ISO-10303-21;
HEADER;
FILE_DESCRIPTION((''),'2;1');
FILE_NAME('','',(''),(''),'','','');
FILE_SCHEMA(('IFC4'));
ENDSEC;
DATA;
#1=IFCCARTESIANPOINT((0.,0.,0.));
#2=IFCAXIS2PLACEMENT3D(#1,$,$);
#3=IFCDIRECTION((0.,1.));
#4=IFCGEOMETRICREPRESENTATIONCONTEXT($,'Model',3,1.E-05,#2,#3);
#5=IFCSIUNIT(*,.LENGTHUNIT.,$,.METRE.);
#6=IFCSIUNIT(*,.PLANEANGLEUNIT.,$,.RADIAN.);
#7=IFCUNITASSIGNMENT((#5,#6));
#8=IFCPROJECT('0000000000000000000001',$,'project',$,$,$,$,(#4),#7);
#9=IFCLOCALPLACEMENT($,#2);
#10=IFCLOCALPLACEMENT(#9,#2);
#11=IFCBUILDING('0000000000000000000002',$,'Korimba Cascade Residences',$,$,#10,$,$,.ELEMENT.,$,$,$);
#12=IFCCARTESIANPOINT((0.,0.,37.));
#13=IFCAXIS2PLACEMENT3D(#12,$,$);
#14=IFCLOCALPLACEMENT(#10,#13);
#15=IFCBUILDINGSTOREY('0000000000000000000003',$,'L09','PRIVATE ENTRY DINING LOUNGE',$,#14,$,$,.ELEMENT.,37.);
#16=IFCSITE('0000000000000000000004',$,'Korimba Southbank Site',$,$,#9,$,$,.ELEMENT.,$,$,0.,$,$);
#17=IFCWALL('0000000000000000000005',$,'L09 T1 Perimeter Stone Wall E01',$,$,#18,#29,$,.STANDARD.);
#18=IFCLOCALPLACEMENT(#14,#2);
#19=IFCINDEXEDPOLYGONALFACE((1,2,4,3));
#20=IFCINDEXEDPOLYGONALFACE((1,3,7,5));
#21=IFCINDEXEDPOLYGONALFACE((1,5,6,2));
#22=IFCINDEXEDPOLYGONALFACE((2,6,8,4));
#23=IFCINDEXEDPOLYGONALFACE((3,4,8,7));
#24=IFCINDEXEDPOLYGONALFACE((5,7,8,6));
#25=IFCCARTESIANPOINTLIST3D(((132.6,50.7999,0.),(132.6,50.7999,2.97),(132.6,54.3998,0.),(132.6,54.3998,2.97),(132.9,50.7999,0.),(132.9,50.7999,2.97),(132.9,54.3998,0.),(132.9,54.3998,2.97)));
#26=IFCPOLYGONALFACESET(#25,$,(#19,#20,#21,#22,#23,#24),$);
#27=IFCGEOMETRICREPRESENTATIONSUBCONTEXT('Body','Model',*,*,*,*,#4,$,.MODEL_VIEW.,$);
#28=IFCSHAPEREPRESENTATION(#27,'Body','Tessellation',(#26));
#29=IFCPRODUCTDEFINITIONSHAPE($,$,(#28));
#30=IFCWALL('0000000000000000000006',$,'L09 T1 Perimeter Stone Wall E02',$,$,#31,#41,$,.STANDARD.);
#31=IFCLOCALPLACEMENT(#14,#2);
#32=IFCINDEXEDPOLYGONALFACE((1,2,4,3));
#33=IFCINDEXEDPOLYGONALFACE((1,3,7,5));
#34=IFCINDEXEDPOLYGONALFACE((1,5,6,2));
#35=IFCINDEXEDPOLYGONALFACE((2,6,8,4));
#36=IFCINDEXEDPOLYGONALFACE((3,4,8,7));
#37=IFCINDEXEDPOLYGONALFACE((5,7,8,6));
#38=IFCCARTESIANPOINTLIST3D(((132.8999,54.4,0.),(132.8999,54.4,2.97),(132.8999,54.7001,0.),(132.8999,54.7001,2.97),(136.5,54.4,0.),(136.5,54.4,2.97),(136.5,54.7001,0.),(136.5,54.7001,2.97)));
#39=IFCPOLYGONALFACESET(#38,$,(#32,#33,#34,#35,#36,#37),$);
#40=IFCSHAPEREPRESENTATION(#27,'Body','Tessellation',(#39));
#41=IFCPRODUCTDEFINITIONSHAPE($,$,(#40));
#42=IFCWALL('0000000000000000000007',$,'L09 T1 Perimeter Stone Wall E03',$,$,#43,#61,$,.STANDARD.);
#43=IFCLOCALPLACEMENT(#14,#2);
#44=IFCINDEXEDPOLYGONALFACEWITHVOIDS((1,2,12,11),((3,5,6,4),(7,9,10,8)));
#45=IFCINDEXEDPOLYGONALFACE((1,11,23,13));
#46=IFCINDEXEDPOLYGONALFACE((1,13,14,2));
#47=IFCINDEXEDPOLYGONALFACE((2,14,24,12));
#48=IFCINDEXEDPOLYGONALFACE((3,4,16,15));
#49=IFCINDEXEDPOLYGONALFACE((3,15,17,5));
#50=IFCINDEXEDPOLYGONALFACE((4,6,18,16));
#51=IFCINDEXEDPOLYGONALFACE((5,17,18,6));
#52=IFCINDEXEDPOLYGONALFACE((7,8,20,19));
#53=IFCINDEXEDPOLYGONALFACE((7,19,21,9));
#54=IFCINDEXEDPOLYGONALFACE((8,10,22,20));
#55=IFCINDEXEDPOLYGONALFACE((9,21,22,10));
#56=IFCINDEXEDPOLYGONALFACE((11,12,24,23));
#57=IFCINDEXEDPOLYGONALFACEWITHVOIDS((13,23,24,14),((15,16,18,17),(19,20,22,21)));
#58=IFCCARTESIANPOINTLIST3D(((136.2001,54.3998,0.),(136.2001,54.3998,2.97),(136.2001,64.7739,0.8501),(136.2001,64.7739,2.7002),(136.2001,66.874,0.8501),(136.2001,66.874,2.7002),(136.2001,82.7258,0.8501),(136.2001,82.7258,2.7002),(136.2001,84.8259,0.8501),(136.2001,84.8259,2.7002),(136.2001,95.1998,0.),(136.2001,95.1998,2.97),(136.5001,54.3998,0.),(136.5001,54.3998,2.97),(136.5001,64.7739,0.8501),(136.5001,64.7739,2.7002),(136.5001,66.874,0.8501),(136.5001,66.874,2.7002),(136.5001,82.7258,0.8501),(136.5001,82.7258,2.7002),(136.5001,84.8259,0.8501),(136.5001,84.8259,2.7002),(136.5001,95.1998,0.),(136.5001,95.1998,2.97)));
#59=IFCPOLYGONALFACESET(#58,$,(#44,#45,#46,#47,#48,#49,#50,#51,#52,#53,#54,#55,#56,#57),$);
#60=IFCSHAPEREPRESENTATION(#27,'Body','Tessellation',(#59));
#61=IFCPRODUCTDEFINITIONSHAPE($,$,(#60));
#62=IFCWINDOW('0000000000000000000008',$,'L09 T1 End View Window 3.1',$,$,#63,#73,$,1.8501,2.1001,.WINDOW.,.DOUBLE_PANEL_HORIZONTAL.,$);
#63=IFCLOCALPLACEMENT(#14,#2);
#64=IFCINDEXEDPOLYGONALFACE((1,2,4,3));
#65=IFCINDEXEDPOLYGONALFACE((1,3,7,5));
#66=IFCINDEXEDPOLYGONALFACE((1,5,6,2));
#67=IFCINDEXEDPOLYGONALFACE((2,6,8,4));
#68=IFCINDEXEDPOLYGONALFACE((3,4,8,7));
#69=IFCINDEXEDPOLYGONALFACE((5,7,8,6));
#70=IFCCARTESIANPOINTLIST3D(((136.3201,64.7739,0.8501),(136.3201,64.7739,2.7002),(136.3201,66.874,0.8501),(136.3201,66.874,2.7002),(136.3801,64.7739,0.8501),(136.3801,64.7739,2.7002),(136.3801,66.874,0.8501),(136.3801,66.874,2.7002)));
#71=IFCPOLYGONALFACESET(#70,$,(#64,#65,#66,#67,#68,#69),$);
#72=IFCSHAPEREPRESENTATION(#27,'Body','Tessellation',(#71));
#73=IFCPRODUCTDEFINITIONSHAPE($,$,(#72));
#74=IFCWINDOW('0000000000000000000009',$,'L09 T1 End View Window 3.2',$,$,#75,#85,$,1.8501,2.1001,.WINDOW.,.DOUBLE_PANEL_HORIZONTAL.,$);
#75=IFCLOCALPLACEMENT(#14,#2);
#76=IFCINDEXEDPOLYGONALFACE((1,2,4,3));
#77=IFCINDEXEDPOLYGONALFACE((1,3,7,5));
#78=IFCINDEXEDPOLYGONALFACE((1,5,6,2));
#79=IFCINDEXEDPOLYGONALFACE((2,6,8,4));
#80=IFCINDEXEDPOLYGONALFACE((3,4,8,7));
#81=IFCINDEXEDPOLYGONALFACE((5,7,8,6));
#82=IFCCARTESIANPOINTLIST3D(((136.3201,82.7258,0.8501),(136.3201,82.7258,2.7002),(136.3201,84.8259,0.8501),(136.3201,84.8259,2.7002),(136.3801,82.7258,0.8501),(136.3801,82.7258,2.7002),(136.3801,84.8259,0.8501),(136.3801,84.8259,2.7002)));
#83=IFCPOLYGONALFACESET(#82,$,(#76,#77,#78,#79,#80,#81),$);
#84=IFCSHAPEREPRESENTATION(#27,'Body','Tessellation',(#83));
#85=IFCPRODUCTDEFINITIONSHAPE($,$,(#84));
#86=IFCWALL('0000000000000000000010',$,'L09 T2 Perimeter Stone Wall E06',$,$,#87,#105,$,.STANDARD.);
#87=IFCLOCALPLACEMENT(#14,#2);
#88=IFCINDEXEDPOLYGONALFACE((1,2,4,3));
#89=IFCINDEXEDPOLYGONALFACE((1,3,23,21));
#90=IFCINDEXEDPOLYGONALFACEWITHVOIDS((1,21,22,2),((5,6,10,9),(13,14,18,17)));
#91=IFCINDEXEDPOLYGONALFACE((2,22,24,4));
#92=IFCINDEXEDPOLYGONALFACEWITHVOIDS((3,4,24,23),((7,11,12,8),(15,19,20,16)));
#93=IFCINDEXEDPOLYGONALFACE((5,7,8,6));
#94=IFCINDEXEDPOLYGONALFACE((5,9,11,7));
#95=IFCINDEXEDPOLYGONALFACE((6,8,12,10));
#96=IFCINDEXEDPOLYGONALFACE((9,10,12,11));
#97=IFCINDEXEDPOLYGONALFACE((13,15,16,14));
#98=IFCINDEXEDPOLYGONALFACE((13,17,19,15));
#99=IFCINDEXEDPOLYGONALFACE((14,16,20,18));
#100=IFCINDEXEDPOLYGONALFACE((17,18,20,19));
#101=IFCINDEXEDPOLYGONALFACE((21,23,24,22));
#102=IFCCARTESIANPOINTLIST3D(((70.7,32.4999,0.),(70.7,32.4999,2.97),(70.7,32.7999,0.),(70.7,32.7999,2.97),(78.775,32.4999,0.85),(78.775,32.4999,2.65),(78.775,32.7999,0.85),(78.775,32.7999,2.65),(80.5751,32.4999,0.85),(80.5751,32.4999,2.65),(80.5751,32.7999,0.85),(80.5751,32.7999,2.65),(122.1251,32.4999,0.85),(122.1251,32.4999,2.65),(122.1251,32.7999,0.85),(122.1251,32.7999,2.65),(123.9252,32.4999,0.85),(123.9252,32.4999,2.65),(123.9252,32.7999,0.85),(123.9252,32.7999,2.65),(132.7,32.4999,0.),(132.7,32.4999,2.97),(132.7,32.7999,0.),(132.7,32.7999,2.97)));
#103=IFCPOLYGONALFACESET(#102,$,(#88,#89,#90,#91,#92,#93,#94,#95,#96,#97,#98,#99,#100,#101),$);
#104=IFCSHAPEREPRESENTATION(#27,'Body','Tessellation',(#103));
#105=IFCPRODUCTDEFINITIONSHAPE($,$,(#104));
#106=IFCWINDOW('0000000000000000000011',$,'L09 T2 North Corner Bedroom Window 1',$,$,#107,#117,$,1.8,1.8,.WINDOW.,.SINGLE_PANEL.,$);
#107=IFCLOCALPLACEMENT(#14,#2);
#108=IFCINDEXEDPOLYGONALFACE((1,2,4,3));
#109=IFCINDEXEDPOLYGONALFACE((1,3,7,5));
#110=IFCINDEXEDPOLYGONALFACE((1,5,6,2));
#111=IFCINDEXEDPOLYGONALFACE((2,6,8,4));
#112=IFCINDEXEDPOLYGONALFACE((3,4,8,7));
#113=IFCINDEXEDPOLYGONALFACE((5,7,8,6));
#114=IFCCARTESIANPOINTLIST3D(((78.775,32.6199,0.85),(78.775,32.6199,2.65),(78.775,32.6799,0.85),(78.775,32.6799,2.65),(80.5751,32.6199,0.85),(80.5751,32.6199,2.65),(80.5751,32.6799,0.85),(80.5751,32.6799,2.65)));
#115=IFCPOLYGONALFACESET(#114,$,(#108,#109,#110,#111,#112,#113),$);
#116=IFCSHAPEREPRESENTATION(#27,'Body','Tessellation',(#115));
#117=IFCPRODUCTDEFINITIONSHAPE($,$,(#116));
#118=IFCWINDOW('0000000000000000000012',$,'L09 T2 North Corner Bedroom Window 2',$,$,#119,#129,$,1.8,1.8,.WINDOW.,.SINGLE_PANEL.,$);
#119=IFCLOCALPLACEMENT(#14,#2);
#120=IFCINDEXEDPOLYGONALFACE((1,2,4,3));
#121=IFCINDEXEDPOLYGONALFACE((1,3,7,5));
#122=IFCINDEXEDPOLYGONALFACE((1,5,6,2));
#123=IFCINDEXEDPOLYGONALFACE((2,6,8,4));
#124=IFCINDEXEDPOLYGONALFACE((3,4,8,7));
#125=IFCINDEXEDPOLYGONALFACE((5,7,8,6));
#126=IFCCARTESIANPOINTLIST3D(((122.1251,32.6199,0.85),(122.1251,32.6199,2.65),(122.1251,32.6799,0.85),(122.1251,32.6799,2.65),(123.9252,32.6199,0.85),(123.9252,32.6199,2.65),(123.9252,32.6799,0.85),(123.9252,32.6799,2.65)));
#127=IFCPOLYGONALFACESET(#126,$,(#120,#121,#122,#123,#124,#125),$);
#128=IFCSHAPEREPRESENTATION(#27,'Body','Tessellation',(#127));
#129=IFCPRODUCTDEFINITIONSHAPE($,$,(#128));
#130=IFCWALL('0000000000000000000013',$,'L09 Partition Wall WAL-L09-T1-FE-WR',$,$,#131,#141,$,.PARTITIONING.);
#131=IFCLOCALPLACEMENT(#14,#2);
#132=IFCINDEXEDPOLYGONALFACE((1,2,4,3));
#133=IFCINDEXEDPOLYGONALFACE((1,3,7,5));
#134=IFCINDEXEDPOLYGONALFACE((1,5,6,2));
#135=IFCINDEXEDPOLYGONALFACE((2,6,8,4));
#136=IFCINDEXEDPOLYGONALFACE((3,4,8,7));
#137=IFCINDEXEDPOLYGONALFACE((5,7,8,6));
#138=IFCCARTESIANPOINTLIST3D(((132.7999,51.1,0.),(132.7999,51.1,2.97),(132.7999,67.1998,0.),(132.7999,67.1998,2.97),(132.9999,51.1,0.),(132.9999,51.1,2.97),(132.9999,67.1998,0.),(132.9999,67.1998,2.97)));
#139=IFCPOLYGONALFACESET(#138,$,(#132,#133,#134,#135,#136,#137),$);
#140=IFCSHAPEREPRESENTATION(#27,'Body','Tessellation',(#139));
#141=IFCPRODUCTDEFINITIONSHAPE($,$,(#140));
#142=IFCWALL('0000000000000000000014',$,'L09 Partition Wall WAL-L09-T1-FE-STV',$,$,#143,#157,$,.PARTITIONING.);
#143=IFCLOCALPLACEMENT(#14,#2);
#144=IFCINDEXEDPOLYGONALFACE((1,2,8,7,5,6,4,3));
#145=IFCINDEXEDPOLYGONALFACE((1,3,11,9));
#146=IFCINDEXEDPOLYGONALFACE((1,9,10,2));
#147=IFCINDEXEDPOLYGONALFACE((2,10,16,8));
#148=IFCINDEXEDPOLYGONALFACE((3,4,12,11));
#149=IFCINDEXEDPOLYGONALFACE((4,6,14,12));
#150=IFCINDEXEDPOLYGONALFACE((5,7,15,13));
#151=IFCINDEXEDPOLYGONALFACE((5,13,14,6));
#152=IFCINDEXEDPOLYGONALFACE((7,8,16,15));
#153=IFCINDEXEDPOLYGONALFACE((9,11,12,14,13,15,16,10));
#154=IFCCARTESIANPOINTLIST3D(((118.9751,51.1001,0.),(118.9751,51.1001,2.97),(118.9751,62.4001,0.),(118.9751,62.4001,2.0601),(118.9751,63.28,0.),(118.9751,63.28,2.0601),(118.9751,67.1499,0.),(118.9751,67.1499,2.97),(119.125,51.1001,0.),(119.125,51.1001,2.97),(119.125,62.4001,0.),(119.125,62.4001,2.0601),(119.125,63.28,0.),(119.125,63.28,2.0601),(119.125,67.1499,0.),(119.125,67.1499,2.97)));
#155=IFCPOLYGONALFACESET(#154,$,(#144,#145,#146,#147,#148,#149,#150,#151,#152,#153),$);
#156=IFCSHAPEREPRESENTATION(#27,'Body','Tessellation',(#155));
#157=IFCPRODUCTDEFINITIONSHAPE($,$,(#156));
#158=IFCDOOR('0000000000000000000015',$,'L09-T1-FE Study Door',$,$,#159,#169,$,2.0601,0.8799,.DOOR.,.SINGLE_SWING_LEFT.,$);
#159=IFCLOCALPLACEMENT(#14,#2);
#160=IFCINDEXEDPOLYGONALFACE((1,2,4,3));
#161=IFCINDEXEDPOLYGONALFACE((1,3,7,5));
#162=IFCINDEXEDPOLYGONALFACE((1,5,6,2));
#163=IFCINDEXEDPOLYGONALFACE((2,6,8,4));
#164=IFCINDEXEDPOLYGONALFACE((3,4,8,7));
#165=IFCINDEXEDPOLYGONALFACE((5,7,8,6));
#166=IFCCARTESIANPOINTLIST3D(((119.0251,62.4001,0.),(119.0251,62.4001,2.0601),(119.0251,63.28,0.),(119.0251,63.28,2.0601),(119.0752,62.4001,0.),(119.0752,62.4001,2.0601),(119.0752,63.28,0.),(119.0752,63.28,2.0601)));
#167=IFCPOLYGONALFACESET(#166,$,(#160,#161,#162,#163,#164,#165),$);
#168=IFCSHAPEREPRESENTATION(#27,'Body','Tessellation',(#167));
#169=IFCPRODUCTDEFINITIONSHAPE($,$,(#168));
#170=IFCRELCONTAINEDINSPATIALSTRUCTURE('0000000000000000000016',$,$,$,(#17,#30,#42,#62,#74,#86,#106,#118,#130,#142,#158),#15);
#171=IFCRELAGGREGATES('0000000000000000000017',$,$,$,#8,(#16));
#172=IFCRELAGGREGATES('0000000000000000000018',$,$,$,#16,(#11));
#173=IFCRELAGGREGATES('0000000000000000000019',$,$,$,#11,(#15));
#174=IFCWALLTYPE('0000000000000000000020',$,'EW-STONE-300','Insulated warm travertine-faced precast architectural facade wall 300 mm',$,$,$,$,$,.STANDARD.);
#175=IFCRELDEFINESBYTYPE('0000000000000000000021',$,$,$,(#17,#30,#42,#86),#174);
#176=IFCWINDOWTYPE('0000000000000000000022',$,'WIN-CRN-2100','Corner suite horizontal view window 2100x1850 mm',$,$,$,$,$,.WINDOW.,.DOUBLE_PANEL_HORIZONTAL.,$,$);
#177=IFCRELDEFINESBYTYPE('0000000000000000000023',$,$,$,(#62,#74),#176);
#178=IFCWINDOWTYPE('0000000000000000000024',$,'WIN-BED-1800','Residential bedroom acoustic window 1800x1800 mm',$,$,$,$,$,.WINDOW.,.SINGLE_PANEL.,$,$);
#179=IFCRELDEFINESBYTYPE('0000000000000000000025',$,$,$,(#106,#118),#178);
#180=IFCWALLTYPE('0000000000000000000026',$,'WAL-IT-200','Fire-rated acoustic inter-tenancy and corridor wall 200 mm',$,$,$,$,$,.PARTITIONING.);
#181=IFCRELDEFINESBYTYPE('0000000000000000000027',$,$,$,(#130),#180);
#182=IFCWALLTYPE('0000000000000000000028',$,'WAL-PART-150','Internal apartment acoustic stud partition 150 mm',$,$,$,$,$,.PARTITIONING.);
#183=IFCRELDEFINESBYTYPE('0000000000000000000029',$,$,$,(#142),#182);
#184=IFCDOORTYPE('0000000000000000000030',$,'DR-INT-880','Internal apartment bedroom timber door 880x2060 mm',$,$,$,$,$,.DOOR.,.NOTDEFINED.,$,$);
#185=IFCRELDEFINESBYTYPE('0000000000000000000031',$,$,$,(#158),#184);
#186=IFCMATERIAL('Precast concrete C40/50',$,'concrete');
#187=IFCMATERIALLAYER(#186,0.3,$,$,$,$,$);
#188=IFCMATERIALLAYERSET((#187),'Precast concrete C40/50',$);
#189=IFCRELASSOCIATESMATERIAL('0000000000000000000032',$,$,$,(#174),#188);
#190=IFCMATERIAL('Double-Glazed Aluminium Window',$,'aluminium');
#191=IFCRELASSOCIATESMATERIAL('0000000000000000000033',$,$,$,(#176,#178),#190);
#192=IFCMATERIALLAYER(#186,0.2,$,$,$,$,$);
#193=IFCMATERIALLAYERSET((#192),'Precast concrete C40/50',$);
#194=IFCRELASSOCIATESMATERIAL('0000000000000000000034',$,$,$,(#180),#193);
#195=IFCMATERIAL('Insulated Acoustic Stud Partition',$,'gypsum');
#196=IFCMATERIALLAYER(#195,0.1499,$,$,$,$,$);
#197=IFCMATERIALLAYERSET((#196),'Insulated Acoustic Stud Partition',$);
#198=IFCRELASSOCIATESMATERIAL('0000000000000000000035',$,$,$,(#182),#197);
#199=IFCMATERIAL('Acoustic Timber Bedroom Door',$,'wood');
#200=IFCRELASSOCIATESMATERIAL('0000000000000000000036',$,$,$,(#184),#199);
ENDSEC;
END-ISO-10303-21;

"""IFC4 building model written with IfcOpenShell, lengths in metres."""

from ifc_helpers import new_model, si_unit, direction, frame, frame_2d, origin, place, context, subcontext, project, spatial, rectangle, extrude, material, layer, layer_set, type_object, element, fill, save


model = new_model("IFC4")

# Units and contexts
model_context = context("Model", 3, precision=1e-05, world=origin(), true_north=direction((0.0, 1.0)))
body_context = subcontext(model_context, "Body", "Model", "MODEL_VIEW")
ifc_project = project(units=[si_unit("LENGTHUNIT", "METRE"), si_unit("PLANEANGLEUNIT", "RADIAN")], contexts=[model_context])

# Site, building, storey
site_placement = place(None, origin())
site = spatial("IfcSite", under=ifc_project, at=site_placement, Name="Korimba Southbank Site", CompositionType="ELEMENT", RefElevation=0.0)
building_placement = place(site_placement, origin())
building = spatial("IfcBuilding", under=site, at=building_placement, Name="Korimba Cascade Residences", CompositionType="ELEMENT")
storey_placement = place(building_placement, frame((0.0, 0.0, 37.0)))
storey = spatial("IfcBuildingStorey", under=building, at=storey_placement, Name="L09", Description="PRIVATE ENTRY DINING LOUNGE", CompositionType="ELEMENT", Elevation=37.0)

# Walls
ifc_material_1 = material(Name="Precast concrete C40/50", Category="concrete")
ifc_layer_1 = layer(ifc_material_1, 0.3)
ifc_layer_set_1 = layer_set([ifc_layer_1], Name="Precast concrete C40/50")
wall_type_1 = type_object("IfcWallType", Name="EW-STONE-300", Description="Insulated warm travertine-faced precast architectural facade wall 300 mm", PredefinedType="STANDARD", material=ifc_layer_set_1)
wall_1_placement = place(storey_placement, frame((132.75, 50.8, 0.0), z_axis=(0.0, 0.0, 1.0), x_axis=(0.0, 1.0, 0.0)))
element("IfcWall", 1, at=wall_1_placement, inside=storey, type_object=wall_type_1, Name="L09 T1 Perimeter Stone Wall E01", PredefinedType="STANDARD", context=body_context, shape_type="SweptSolid", body=[
    extrude(rectangle(XDim=3.5999, YDim=0.3, at=frame_2d((1.7998, 0.0))), origin(), (0.0, 0.0, 1.0), 2.97),
])
wall_2_placement = place(storey_placement, frame((132.8999, 54.55, 0.0), z_axis=(0.0, 0.0, 1.0), x_axis=(1.0, 0.0, 0.0)))
element("IfcWall", 2, at=wall_2_placement, inside=storey, type_object=wall_type_1, Name="L09 T1 Perimeter Stone Wall E02", PredefinedType="STANDARD", context=body_context, shape_type="SweptSolid", body=[
    extrude(rectangle(XDim=3.6001, YDim=0.3, at=frame_2d((1.8, 0.0))), origin(), (0.0, 0.0, 1.0), 2.97),
])

# Walls, openings, windows
wall_3_placement = place(storey_placement, frame((136.3501, 54.3999, 0.0), z_axis=(0.0, 0.0, 1.0), x_axis=(0.0, 1.0, 0.0)))
wall_3 = element("IfcWall", 3, at=wall_3_placement, inside=storey, type_object=wall_type_1, Name="L09 T1 Perimeter Stone Wall E03", PredefinedType="STANDARD", context=body_context, shape_type="SweptSolid", body=[
    extrude(rectangle(XDim=40.8, YDim=0.3, at=frame_2d((20.3999, 0.0))), origin(), (0.0, 0.0, 1.0), 2.97),
])
opening_1_placement = place(wall_3_placement, frame((10.374, 0.0, 0.8501)))
opening_1 = element("IfcOpeningElement", 4, at=opening_1_placement, cuts=wall_3, PredefinedType="OPENING", context=body_context, shape_type="SweptSolid", body=[
    extrude(rectangle(XDim=2.1001, YDim=1.8501, at=frame_2d((1.05, 0.925))), frame((0.0, 0.1602, 0.0), z_axis=(0.0, -1.0, 0.0), x_axis=(1.0, 0.0, 0.0)), (0.0, 0.0, 1.0), 0.3201),
])
opening_2_placement = place(wall_3_placement, frame((28.3259, 0.0, 0.8501)))
opening_2 = element("IfcOpeningElement", 5, at=opening_2_placement, cuts=wall_3, PredefinedType="OPENING", context=body_context, shape_type="SweptSolid", body=[
    extrude(rectangle(XDim=2.1001, YDim=1.8501, at=frame_2d((1.05, 0.925))), frame((0.0, 0.1602, 0.0), z_axis=(0.0, -1.0, 0.0), x_axis=(1.0, 0.0, 0.0)), (0.0, 0.0, 1.0), 0.3201),
])
ifc_material_2 = material(Name="Double-Glazed Aluminium Window", Category="aluminium")
window_type_1 = type_object("IfcWindowType", Name="WIN-CRN-2100", Description="Corner suite horizontal view window 2100x1850 mm", PartitioningType="DOUBLE_PANEL_HORIZONTAL", PredefinedType="WINDOW", material=ifc_material_2)
window_1_placement = place(opening_1_placement, origin())
window_1 = element("IfcWindow", 6, at=window_1_placement, inside=storey, type_object=window_type_1, Name="L09 T1 End View Window 3.1", OverallHeight=1.8501, OverallWidth=2.1001, PartitioningType="DOUBLE_PANEL_HORIZONTAL", PredefinedType="WINDOW", context=body_context, shape_type="SweptSolid", body=[
    extrude(rectangle(XDim=2.1001, YDim=1.8501, at=frame_2d((1.05, 0.925))), frame((0.0, 0.03, 0.0), z_axis=(0.0, -1.0, 0.0), x_axis=(1.0, 0.0, 0.0)), (0.0, 0.0, 1.0), 0.0601),
])
fill(opening_1, window_1)
window_2_placement = place(opening_2_placement, origin())
window_2 = element("IfcWindow", 7, at=window_2_placement, inside=storey, type_object=window_type_1, Name="L09 T1 End View Window 3.2", OverallHeight=1.8501, OverallWidth=2.1001, PartitioningType="DOUBLE_PANEL_HORIZONTAL", PredefinedType="WINDOW", context=body_context, shape_type="SweptSolid", body=[
    extrude(rectangle(XDim=2.1001, YDim=1.8501, at=frame_2d((1.05, 0.925))), frame((0.0, 0.03, 0.0), z_axis=(0.0, -1.0, 0.0), x_axis=(1.0, 0.0, 0.0)), (0.0, 0.0, 1.0), 0.0601),
])
fill(opening_2, window_2)
wall_4_placement = place(storey_placement, frame((132.7, 32.6499, 0.0), z_axis=(0.0, 0.0, 1.0), x_axis=(-1.0, 0.0, 0.0)))
wall_4 = element("IfcWall", 8, at=wall_4_placement, inside=storey, type_object=wall_type_1, Name="L09 T2 Perimeter Stone Wall E06", PredefinedType="STANDARD", context=body_context, shape_type="SweptSolid", body=[
    extrude(rectangle(XDim=62.0, YDim=0.3, at=frame_2d((31.0, 0.0))), origin(), (0.0, 0.0, 1.0), 2.97),
])
opening_3_placement = place(wall_4_placement, frame((52.125, 0.0, 0.8501)))
opening_3 = element("IfcOpeningElement", 9, at=opening_3_placement, cuts=wall_4, PredefinedType="OPENING", context=body_context, shape_type="SweptSolid", body=[
    extrude(rectangle(XDim=1.8, YDim=1.8, at=frame_2d((0.8999, 0.8999))), frame((0.0, 0.1602, 0.0), z_axis=(0.0, -1.0, 0.0), x_axis=(1.0, 0.0, 0.0)), (0.0, 0.0, 1.0), 0.3201),
])
opening_4_placement = place(wall_4_placement, frame((8.7749, 0.0, 0.8501)))
opening_4 = element("IfcOpeningElement", 10, at=opening_4_placement, cuts=wall_4, PredefinedType="OPENING", context=body_context, shape_type="SweptSolid", body=[
    extrude(rectangle(XDim=1.8, YDim=1.8, at=frame_2d((0.8999, 0.8999))), frame((0.0, 0.1602, 0.0), z_axis=(0.0, -1.0, 0.0), x_axis=(1.0, 0.0, 0.0)), (0.0, 0.0, 1.0), 0.3201),
])
window_type_2 = type_object("IfcWindowType", Name="WIN-BED-1800", Description="Residential bedroom acoustic window 1800x1800 mm", PartitioningType="SINGLE_PANEL", PredefinedType="WINDOW", material=ifc_material_2)
window_3_placement = place(opening_3_placement, origin())
window_3 = element("IfcWindow", 11, at=window_3_placement, inside=storey, type_object=window_type_2, Name="L09 T2 North Corner Bedroom Window 1", OverallHeight=1.8, OverallWidth=1.8, PartitioningType="SINGLE_PANEL", PredefinedType="WINDOW", context=body_context, shape_type="SweptSolid", body=[
    extrude(rectangle(XDim=1.8, YDim=1.8, at=frame_2d((0.8999, 0.8999))), frame((0.0, 0.03, 0.0), z_axis=(0.0, -1.0, 0.0), x_axis=(1.0, 0.0, 0.0)), (0.0, 0.0, 1.0), 0.0601),
])
fill(opening_3, window_3)
window_4_placement = place(opening_4_placement, origin())
window_4 = element("IfcWindow", 12, at=window_4_placement, inside=storey, type_object=window_type_2, Name="L09 T2 North Corner Bedroom Window 2", OverallHeight=1.8, OverallWidth=1.8, PartitioningType="SINGLE_PANEL", PredefinedType="WINDOW", context=body_context, shape_type="SweptSolid", body=[
    extrude(rectangle(XDim=1.8, YDim=1.8, at=frame_2d((0.8999, 0.8999))), frame((0.0, 0.03, 0.0), z_axis=(0.0, -1.0, 0.0), x_axis=(1.0, 0.0, 0.0)), (0.0, 0.0, 1.0), 0.0601),
])
fill(opening_4, window_4)

# Wall
ifc_layer_2 = layer(ifc_material_1, 0.2)
ifc_layer_set_2 = layer_set([ifc_layer_2], Name="Precast concrete C40/50")
wall_type_2 = type_object("IfcWallType", Name="WAL-IT-200", Description="Fire-rated acoustic inter-tenancy and corridor wall 200 mm", PredefinedType="PARTITIONING", material=ifc_layer_set_2)
wall_5_placement = place(storey_placement, frame((132.8999, 51.1001, 0.0), z_axis=(0.0, 0.0, 1.0), x_axis=(0.0, 1.0, 0.0)))
element("IfcWall", 13, at=wall_5_placement, inside=storey, type_object=wall_type_2, Name="L09 Partition Wall WAL-L09-T1-FE-WR", PredefinedType="PARTITIONING", context=body_context, shape_type="SweptSolid", body=[
    extrude(rectangle(XDim=16.0999, YDim=0.2, at=frame_2d((8.0498, 0.0))), origin(), (0.0, 0.0, 1.0), 2.97),
])

# Wall, opening, door
ifc_material_3 = material(Name="Insulated Acoustic Stud Partition", Category="gypsum")
ifc_layer_3 = layer(ifc_material_3, 0.1499)
ifc_layer_set_3 = layer_set([ifc_layer_3], Name="Insulated Acoustic Stud Partition")
wall_type_3 = type_object("IfcWallType", Name="WAL-PART-150", Description="Internal apartment acoustic stud partition 150 mm", PredefinedType="PARTITIONING", material=ifc_layer_set_3)
wall_6_placement = place(storey_placement, frame((119.05, 51.1001, 0.0), z_axis=(0.0, 0.0, 1.0), x_axis=(0.0, 1.0, 0.0)))
wall_6 = element("IfcWall", 14, at=wall_6_placement, inside=storey, type_object=wall_type_3, Name="L09 Partition Wall WAL-L09-T1-FE-STV", PredefinedType="PARTITIONING", context=body_context, shape_type="SweptSolid", body=[
    extrude(rectangle(XDim=16.0498, YDim=0.1499, at=frame_2d((8.0249, 0.0))), origin(), (0.0, 0.0, 1.0), 2.97),
])
opening_5_placement = place(wall_6_placement, frame((11.3, 0.0, 0.0)))
opening_5 = element("IfcOpeningElement", 15, at=opening_5_placement, cuts=wall_6, PredefinedType="OPENING", context=body_context, shape_type="SweptSolid", body=[
    extrude(rectangle(XDim=0.8799, YDim=2.0601, at=frame_2d((0.4399, 1.03))), frame((0.0, 0.085, 0.0), z_axis=(0.0, -1.0, 0.0), x_axis=(1.0, 0.0, 0.0)), (0.0, 0.0, 1.0), 0.1699),
])
ifc_material_4 = material(Name="Acoustic Timber Bedroom Door", Category="wood")
door_type = type_object("IfcDoorType", Name="DR-INT-880", Description="Internal apartment bedroom timber door 880x2060 mm", OperationType="NOTDEFINED", PredefinedType="DOOR", material=ifc_material_4)
door_placement = place(opening_5_placement, origin())
door = element("IfcDoor", 16, at=door_placement, inside=storey, type_object=door_type, Name="L09-T1-FE Study Door", OperationType="SINGLE_SWING_LEFT", OverallHeight=2.0601, OverallWidth=0.8799, PredefinedType="DOOR", context=body_context, shape_type="SweptSolid", body=[
    extrude(rectangle(XDim=0.8799, YDim=2.0601, at=frame_2d((0.4399, 1.03))), frame((0.0, 0.0249, 0.0), z_axis=(0.0, -1.0, 0.0), x_axis=(1.0, 0.0, 0.0)), (0.0, 0.0, 1.0), 0.05),
])
fill(opening_5, door)

save(model, "model.ifc")
